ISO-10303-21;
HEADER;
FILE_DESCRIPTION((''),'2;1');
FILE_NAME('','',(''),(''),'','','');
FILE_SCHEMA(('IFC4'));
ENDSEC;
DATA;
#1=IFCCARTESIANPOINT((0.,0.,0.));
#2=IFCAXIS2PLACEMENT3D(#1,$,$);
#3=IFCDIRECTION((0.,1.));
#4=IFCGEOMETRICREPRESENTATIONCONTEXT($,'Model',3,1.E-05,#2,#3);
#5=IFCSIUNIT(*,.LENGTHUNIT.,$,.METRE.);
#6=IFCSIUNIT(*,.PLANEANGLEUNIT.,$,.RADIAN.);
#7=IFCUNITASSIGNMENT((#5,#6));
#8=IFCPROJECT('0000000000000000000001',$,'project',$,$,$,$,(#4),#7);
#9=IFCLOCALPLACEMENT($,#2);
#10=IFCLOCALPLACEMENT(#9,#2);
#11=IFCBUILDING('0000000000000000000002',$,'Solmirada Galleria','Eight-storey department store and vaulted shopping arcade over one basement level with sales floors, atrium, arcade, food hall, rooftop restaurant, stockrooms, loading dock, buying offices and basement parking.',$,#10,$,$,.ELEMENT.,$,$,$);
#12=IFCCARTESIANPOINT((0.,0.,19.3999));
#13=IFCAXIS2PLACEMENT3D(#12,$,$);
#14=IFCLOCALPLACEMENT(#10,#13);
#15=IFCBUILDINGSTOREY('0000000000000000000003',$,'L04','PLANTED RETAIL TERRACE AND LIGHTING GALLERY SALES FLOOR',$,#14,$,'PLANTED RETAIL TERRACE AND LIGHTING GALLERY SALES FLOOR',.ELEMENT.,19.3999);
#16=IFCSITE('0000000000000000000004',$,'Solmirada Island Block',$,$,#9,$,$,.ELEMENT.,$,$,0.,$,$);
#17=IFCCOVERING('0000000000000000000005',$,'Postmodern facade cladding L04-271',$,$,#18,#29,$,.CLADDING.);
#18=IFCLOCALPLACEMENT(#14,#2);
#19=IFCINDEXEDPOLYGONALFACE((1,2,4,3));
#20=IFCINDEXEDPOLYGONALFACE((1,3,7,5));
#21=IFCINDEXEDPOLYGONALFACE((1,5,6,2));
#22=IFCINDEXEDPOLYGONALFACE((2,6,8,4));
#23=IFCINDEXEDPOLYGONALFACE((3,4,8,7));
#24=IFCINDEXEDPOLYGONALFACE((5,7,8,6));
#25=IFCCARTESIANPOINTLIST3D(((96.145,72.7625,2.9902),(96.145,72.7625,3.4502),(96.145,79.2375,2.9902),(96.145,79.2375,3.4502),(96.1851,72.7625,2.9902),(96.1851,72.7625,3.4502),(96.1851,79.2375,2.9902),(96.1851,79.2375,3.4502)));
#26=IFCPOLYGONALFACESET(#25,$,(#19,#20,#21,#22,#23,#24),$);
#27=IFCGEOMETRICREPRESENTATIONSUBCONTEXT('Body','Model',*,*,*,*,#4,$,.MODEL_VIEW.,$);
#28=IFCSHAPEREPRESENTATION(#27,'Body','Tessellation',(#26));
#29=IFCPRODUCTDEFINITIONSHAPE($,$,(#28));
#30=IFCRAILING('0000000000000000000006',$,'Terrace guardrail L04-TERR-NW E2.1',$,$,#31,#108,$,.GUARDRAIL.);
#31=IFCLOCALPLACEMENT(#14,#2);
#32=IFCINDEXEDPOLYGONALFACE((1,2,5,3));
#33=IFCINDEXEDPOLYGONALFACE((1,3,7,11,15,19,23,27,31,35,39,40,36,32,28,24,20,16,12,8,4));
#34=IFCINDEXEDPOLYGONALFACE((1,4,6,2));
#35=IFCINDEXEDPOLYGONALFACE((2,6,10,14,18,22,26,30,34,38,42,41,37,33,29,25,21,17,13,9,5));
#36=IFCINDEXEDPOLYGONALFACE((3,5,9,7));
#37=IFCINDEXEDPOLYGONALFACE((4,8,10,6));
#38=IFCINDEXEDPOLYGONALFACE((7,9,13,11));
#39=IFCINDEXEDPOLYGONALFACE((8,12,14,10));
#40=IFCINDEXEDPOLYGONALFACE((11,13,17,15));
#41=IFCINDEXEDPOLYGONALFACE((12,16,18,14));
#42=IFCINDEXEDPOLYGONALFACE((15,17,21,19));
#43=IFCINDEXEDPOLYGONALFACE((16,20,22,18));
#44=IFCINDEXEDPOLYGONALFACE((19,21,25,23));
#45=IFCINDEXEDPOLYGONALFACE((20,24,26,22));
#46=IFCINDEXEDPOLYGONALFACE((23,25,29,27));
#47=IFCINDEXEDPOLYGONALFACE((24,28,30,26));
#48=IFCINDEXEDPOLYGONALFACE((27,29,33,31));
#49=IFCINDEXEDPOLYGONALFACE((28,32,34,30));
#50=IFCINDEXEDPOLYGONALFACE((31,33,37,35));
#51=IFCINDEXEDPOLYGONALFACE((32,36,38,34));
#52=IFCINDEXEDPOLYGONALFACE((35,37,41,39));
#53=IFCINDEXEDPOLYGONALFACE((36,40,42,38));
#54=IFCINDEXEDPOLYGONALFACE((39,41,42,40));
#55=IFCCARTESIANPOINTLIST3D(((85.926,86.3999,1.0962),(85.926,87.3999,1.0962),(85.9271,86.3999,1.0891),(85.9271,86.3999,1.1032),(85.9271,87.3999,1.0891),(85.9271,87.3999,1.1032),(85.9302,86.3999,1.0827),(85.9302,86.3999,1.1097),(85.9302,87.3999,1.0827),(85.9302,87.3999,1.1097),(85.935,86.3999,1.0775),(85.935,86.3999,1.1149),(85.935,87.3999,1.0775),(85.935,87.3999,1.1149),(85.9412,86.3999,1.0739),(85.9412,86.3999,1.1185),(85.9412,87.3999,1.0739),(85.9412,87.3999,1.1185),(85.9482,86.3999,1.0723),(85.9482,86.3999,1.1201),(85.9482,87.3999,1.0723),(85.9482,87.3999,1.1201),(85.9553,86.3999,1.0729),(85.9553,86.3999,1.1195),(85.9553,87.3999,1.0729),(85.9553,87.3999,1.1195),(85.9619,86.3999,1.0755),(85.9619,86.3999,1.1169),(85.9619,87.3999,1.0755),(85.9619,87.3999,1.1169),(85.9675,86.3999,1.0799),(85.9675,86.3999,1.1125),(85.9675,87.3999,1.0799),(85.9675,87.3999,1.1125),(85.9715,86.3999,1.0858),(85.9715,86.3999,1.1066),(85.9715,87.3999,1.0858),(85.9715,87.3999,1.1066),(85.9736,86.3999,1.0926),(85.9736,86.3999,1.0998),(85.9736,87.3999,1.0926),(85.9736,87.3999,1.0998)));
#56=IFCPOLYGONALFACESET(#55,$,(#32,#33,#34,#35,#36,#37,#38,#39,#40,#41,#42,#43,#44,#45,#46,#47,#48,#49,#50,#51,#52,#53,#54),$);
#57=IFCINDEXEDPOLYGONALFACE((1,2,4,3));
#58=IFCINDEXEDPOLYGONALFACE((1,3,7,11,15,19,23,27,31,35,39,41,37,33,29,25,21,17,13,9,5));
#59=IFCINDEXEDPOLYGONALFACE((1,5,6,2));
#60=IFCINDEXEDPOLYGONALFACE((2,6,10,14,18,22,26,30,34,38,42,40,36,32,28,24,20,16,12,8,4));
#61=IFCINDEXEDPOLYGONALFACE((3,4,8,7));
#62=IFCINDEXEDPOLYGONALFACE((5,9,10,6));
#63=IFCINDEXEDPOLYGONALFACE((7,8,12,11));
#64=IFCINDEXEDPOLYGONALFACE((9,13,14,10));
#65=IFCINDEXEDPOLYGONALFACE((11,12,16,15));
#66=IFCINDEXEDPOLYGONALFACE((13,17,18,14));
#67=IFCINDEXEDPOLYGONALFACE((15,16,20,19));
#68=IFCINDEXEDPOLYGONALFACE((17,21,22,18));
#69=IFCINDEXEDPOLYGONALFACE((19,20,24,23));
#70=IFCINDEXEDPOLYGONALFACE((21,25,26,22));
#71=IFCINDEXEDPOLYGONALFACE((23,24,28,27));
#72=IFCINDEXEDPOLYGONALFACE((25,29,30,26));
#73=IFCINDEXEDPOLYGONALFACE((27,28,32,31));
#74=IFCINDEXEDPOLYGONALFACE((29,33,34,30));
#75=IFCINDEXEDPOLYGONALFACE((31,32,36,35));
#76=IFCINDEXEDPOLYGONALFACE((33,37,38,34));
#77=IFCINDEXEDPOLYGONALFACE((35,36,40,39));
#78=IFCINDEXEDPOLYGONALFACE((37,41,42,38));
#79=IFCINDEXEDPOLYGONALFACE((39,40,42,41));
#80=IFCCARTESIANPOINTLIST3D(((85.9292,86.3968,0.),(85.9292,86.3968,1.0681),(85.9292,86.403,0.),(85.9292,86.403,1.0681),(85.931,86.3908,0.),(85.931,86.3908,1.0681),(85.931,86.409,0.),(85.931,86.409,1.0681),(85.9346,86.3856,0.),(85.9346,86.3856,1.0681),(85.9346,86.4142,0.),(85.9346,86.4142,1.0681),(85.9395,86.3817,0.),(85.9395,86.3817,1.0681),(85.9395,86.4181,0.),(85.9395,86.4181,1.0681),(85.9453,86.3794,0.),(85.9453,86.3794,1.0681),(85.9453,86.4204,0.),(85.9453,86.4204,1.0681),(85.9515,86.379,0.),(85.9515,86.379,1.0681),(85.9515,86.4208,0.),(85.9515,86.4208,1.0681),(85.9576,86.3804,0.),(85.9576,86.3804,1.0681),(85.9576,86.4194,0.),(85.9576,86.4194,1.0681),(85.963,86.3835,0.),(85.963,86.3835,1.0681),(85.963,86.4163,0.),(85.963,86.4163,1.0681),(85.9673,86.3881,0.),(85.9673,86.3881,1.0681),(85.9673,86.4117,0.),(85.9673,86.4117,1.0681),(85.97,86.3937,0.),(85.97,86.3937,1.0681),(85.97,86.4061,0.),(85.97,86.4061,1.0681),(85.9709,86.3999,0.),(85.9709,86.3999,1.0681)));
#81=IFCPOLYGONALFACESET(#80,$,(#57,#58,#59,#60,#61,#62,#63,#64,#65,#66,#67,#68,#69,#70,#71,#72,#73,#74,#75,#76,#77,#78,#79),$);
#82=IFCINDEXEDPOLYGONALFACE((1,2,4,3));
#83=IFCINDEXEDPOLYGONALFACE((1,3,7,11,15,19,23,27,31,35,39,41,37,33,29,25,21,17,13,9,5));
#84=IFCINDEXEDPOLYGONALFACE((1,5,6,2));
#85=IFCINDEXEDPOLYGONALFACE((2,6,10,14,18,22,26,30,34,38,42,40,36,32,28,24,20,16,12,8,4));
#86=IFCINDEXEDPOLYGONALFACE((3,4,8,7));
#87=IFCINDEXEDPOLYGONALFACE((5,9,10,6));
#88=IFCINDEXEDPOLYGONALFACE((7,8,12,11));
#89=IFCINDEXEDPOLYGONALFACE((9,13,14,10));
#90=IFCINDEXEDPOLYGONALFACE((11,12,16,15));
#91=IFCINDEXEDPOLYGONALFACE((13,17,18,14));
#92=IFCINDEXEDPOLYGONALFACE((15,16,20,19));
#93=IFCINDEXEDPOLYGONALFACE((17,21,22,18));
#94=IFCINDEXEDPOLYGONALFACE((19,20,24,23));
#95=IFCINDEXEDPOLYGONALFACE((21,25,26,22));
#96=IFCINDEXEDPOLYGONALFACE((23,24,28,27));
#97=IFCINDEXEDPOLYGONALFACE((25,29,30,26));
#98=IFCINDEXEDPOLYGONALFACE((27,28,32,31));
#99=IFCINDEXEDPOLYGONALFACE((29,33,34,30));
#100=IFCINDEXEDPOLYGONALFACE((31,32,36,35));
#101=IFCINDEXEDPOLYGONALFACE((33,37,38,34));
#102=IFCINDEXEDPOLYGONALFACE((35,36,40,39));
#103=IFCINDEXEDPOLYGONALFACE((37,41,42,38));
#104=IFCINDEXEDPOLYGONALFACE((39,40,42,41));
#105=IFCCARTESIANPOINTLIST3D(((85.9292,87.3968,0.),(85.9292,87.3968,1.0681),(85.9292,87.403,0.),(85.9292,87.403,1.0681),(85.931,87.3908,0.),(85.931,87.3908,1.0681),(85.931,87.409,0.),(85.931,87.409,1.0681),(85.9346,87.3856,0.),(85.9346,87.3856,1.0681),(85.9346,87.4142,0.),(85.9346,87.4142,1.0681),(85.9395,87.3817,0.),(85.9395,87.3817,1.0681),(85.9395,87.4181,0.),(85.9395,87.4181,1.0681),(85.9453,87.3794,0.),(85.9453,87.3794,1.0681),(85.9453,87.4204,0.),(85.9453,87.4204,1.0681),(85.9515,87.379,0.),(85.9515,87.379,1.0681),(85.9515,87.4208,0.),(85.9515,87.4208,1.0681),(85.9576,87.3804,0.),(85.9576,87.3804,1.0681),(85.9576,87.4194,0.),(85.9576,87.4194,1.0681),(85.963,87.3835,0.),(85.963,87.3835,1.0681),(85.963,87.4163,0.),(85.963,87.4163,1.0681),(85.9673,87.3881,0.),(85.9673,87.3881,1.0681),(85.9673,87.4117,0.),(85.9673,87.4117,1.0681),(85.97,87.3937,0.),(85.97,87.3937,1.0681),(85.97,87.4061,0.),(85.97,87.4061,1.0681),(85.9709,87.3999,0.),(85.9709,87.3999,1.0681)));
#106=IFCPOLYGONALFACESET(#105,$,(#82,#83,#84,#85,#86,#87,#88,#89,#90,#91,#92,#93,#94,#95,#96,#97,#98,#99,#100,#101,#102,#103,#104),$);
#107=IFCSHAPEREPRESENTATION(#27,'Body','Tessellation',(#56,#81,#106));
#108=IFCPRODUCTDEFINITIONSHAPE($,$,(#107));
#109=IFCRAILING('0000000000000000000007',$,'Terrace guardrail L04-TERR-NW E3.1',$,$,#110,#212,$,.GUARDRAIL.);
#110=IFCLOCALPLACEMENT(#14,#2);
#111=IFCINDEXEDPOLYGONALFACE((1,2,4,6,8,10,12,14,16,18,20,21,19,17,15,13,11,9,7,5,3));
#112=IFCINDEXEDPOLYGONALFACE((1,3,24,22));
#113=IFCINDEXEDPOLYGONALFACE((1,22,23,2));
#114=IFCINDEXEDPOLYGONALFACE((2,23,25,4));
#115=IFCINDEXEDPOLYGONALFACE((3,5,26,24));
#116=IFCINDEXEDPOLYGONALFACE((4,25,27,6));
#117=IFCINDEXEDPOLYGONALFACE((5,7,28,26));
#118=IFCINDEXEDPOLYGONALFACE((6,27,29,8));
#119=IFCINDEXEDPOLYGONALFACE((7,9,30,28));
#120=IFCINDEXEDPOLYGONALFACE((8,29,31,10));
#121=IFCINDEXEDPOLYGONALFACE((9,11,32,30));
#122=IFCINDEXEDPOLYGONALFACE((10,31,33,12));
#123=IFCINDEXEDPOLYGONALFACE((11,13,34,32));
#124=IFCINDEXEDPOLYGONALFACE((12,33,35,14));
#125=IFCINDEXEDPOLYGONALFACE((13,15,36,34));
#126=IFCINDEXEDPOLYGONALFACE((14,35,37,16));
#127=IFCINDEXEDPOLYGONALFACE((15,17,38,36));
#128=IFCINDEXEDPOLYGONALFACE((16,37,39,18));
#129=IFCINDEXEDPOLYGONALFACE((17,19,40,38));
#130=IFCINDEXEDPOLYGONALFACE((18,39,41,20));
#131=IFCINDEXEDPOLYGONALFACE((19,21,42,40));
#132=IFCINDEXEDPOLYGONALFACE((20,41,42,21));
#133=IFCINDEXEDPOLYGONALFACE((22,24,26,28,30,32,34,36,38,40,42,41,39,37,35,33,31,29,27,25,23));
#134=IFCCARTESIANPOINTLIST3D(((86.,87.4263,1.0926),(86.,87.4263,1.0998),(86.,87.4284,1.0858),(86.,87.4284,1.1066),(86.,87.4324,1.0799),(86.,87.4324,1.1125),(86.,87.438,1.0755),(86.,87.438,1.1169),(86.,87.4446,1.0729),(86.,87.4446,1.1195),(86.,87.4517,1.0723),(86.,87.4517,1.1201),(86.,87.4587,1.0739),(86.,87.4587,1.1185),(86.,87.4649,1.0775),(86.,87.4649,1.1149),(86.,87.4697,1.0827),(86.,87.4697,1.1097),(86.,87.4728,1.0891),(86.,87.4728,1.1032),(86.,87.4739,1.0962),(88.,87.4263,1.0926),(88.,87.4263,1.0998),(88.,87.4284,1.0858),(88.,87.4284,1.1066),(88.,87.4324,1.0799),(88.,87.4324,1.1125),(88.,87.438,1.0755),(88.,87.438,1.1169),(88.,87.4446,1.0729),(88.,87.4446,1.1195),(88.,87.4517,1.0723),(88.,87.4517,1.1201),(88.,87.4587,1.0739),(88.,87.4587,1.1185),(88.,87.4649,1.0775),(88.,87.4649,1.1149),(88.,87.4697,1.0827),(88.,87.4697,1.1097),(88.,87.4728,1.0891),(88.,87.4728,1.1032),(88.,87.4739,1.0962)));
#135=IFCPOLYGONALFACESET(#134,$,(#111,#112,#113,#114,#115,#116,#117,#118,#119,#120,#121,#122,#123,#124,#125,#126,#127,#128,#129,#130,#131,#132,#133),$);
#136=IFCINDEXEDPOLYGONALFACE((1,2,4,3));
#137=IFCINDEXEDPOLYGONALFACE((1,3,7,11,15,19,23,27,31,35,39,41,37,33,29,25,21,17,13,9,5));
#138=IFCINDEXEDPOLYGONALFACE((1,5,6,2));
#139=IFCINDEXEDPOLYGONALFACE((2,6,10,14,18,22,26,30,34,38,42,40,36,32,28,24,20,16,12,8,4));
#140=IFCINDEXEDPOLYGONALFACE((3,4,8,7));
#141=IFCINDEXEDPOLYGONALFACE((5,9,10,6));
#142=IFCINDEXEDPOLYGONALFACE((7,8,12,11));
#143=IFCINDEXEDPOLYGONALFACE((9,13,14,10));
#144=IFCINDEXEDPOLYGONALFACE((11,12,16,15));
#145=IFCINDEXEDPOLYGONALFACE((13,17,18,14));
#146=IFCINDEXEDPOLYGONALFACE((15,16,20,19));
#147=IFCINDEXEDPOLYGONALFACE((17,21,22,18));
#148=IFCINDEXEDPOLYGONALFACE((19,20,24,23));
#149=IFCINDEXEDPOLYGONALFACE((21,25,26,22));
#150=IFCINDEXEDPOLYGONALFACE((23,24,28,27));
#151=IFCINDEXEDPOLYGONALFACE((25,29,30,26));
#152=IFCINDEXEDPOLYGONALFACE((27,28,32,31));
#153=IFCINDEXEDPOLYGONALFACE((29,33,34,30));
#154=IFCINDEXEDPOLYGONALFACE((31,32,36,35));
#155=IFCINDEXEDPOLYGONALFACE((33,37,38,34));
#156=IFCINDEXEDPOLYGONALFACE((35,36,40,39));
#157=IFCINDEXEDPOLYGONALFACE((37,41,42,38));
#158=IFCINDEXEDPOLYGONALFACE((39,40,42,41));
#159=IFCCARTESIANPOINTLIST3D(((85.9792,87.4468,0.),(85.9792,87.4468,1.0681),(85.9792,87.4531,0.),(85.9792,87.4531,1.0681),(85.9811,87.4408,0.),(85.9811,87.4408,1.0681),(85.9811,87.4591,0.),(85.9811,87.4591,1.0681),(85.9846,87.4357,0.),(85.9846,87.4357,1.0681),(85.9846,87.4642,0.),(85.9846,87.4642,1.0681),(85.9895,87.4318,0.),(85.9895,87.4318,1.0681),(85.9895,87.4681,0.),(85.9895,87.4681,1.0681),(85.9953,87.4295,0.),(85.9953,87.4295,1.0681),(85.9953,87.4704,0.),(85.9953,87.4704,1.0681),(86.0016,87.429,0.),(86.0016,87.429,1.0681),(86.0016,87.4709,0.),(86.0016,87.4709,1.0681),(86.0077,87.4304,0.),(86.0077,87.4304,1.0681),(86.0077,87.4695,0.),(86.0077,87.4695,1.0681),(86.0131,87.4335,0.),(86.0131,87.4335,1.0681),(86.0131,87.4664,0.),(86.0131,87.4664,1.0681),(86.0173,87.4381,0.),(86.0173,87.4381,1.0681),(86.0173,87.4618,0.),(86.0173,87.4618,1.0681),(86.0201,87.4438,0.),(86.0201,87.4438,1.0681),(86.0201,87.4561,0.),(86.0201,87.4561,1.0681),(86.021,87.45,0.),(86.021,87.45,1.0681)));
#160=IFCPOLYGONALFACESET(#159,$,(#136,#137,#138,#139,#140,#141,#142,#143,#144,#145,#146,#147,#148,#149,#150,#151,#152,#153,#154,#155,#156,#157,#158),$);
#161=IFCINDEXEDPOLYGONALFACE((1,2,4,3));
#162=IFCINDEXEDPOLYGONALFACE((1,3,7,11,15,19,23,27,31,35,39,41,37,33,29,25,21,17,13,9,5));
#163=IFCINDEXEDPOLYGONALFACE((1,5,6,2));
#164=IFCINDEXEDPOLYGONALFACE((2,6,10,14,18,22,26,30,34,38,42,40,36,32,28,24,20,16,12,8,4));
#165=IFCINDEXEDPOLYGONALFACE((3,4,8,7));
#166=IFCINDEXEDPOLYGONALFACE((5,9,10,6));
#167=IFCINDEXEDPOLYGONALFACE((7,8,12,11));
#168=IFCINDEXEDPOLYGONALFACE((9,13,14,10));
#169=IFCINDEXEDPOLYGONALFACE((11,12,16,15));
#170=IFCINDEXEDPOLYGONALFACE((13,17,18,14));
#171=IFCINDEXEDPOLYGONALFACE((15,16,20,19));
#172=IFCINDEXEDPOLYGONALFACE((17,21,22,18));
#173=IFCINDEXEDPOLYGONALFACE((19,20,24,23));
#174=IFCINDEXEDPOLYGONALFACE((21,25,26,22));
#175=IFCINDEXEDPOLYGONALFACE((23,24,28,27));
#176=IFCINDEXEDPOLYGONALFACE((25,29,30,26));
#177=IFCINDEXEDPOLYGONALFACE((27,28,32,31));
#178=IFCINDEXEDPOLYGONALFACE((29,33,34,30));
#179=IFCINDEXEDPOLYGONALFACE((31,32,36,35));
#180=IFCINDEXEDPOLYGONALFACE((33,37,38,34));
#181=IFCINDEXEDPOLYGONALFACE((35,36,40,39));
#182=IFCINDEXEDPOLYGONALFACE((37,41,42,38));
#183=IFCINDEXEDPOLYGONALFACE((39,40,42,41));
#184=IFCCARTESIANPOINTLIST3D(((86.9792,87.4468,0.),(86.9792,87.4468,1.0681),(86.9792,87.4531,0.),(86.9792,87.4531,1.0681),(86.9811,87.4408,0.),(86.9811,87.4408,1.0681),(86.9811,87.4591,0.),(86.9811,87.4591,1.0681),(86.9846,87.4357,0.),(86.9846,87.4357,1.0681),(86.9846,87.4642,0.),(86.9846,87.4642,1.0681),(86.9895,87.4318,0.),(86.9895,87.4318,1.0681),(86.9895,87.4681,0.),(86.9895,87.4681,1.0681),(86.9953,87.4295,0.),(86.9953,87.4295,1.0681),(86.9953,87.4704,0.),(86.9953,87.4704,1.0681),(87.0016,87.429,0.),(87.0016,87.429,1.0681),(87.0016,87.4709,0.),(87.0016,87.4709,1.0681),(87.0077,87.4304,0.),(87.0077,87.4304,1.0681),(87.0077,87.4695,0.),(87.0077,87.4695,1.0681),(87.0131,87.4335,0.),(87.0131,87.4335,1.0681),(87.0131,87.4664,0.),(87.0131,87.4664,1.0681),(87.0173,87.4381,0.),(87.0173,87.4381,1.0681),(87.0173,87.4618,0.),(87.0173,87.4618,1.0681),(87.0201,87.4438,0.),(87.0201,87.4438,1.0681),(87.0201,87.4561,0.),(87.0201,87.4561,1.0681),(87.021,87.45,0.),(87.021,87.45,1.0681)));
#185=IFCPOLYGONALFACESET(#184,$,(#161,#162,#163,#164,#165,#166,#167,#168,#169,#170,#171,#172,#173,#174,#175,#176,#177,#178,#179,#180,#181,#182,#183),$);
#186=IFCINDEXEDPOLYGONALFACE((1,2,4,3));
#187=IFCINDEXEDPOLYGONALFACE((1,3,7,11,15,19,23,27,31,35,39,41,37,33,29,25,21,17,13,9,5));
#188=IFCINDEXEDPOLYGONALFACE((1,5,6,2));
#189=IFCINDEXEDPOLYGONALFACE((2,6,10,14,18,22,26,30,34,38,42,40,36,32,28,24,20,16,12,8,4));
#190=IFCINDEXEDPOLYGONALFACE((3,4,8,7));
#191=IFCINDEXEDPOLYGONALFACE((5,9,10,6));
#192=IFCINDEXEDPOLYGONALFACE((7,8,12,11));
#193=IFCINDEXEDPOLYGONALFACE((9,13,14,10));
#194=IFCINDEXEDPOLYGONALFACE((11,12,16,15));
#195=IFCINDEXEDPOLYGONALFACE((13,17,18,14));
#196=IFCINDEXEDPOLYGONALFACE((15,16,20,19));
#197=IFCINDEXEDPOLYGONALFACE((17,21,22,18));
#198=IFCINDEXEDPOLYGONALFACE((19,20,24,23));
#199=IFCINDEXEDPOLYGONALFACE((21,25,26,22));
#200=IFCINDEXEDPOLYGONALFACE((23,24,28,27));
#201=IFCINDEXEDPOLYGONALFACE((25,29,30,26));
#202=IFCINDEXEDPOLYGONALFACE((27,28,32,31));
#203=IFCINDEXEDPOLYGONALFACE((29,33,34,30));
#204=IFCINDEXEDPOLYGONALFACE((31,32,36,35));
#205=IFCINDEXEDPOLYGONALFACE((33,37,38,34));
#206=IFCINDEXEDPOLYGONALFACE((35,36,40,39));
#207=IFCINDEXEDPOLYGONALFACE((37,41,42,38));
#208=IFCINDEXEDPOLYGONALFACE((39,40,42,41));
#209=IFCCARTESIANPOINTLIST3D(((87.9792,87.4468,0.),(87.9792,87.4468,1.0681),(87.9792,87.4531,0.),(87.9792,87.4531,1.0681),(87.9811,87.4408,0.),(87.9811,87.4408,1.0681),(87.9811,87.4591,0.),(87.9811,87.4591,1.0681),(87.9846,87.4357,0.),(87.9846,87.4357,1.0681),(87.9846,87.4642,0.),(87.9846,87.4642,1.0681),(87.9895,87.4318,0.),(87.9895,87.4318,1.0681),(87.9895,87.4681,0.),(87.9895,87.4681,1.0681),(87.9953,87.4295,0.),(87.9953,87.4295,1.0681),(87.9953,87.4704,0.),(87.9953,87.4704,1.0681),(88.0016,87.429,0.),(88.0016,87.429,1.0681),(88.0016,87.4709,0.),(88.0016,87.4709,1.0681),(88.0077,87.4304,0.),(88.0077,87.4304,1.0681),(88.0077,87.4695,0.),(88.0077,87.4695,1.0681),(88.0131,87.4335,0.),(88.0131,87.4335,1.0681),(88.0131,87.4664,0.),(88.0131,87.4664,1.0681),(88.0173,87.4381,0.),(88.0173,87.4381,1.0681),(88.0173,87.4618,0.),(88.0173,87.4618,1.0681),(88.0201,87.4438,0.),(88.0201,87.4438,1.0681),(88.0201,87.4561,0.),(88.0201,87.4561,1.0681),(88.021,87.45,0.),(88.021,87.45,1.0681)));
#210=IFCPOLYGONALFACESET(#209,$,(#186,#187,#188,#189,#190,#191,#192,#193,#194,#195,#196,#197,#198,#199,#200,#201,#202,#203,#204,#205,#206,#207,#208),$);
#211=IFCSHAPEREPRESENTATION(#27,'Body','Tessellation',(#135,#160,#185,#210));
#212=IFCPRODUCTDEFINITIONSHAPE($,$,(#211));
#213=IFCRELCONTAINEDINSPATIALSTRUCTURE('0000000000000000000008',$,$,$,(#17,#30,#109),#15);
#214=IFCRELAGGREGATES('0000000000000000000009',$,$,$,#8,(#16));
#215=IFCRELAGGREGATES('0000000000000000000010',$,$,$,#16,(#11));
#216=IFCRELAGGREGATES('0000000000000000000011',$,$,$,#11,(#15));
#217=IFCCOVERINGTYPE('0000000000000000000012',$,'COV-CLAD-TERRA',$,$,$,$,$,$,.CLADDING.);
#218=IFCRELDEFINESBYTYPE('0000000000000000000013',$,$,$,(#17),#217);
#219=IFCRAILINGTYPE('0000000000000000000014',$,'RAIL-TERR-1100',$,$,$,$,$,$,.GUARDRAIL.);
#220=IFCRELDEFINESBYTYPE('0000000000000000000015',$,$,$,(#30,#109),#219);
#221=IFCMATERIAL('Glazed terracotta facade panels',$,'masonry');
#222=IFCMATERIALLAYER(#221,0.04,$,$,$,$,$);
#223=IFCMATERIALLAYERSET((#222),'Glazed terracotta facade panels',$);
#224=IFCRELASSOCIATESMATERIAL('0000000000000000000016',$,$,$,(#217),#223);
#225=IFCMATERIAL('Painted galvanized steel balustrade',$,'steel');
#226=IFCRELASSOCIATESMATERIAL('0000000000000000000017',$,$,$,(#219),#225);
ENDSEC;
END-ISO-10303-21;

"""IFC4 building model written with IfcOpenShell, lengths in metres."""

from ifc_helpers import new_model, si_unit, direction, frame, origin, origin_2d, place, context, subcontext, project, spatial, rectangle, circle, extrude, material, layer, layer_set, type_object, element, save


model = new_model("IFC4")

# Units and contexts
model_context = context("Model", 3, precision=1e-05, world=origin(), true_north=direction((0.0, 1.0)))
body_context = subcontext(model_context, "Body", "Model", "MODEL_VIEW")
ifc_project = project(units=[si_unit("LENGTHUNIT", "METRE"), si_unit("PLANEANGLEUNIT", "RADIAN")], contexts=[model_context])

# Site, building, storey
site_placement = place(None, origin())
site = spatial("IfcSite", under=ifc_project, at=site_placement, Name="Solmirada Island Block", CompositionType="ELEMENT", RefElevation=0.0)
building_placement = place(site_placement, origin())
building = spatial("IfcBuilding", under=site, at=building_placement, Name="Solmirada Galleria", Description="Eight-storey department store and vaulted shopping arcade over one basement level with sales floors, atrium, arcade, food hall, rooftop restaurant, stockrooms, loading dock, buying offices and basement parking.", CompositionType="ELEMENT")
storey_placement = place(building_placement, frame((0.0, 0.0, 19.3999)))
storey = spatial("IfcBuildingStorey", under=building, at=storey_placement, Name="L04", Description="PLANTED RETAIL TERRACE AND LIGHTING GALLERY SALES FLOOR", LongName="PLANTED RETAIL TERRACE AND LIGHTING GALLERY SALES FLOOR", CompositionType="ELEMENT", Elevation=19.3999)

# Covering
ifc_material_1 = material(Name="Glazed terracotta facade panels", Category="masonry")
ifc_layer_1 = layer(ifc_material_1, 0.04)
ifc_layer_set_1 = layer_set([ifc_layer_1], Name="Glazed terracotta facade panels")
covering_type_1 = type_object("IfcCoveringType", Name="COV-CLAD-TERRA", PredefinedType="CLADDING", material=ifc_layer_set_1)
for number, where, z_axis, x_axis, name in (
    (1, (96.165, 76.0, 2.9902), (0.0, 0.0, 1.0), (0.0, -1.0, 0.0), "Postmodern facade cladding L04-271"),
):
    element("IfcCovering", number, at=place(storey_placement, frame(where, z_axis=z_axis, x_axis=x_axis)), inside=storey, type_object=covering_type_1, Name=name, PredefinedType="CLADDING", context=body_context, shape_type="SweptSolid", body=[
        extrude(rectangle(XDim=6.4751, YDim=0.04, at=origin_2d()), origin(), (0.0, 0.0, 1.0), 0.46),
    ])

# Railings
ifc_material_2 = material(Name="Painted galvanized steel balustrade", Category="steel")
railing_type = type_object("IfcRailingType", Name="RAIL-TERR-1100", PredefinedType="GUARDRAIL", material=ifc_material_2)
railing_1_placement = place(storey_placement, frame((85.95, 86.3999, 0.0)))
element("IfcRailing", 2, at=railing_1_placement, inside=storey, type_object=railing_type, Name="Terrace guardrail L04-TERR-NW E2.1", PredefinedType="GUARDRAIL", context=body_context, shape_type="SweptSolid", body=[
    extrude(circle(Radius=0.0239, at=origin_2d()), frame((0.0, 0.0, 1.0962), z_axis=(0.0, 1.0, 0.0), x_axis=(-1.0, 0.0, 0.0)), (0.0, 0.0, 1.0), 1.0),
    extrude(circle(Radius=0.021, at=origin_2d()), origin(), (0.0, 0.0, 1.0), 1.0681),
    extrude(circle(Radius=0.021, at=origin_2d()), frame((0.0, 1.0, 0.0)), (0.0, 0.0, 1.0), 1.0681),
])
railing_2_placement = place(storey_placement, frame((86.0, 87.45, 0.0)))
element("IfcRailing", 3, at=railing_2_placement, inside=storey, type_object=railing_type, Name="Terrace guardrail L04-TERR-NW E3.1", PredefinedType="GUARDRAIL", context=body_context, shape_type="SweptSolid", body=[
    extrude(circle(Radius=0.0239, at=origin_2d()), frame((0.0, 0.0, 1.0962), z_axis=(1.0, 0.0, 0.0), x_axis=(0.0, 1.0, 0.0)), (0.0, 0.0, 1.0), 2.0),
    extrude(circle(Radius=0.021, at=origin_2d()), origin(), (0.0, 0.0, 1.0), 1.0681),
    extrude(circle(Radius=0.021, at=origin_2d()), frame((1.0, 0.0, 0.0)), (0.0, 0.0, 1.0), 1.0681),
    extrude(circle(Radius=0.021, at=origin_2d()), frame((2.0, 0.0, 0.0)), (0.0, 0.0, 1.0), 1.0681),
])

save(model, "model.ifc")
